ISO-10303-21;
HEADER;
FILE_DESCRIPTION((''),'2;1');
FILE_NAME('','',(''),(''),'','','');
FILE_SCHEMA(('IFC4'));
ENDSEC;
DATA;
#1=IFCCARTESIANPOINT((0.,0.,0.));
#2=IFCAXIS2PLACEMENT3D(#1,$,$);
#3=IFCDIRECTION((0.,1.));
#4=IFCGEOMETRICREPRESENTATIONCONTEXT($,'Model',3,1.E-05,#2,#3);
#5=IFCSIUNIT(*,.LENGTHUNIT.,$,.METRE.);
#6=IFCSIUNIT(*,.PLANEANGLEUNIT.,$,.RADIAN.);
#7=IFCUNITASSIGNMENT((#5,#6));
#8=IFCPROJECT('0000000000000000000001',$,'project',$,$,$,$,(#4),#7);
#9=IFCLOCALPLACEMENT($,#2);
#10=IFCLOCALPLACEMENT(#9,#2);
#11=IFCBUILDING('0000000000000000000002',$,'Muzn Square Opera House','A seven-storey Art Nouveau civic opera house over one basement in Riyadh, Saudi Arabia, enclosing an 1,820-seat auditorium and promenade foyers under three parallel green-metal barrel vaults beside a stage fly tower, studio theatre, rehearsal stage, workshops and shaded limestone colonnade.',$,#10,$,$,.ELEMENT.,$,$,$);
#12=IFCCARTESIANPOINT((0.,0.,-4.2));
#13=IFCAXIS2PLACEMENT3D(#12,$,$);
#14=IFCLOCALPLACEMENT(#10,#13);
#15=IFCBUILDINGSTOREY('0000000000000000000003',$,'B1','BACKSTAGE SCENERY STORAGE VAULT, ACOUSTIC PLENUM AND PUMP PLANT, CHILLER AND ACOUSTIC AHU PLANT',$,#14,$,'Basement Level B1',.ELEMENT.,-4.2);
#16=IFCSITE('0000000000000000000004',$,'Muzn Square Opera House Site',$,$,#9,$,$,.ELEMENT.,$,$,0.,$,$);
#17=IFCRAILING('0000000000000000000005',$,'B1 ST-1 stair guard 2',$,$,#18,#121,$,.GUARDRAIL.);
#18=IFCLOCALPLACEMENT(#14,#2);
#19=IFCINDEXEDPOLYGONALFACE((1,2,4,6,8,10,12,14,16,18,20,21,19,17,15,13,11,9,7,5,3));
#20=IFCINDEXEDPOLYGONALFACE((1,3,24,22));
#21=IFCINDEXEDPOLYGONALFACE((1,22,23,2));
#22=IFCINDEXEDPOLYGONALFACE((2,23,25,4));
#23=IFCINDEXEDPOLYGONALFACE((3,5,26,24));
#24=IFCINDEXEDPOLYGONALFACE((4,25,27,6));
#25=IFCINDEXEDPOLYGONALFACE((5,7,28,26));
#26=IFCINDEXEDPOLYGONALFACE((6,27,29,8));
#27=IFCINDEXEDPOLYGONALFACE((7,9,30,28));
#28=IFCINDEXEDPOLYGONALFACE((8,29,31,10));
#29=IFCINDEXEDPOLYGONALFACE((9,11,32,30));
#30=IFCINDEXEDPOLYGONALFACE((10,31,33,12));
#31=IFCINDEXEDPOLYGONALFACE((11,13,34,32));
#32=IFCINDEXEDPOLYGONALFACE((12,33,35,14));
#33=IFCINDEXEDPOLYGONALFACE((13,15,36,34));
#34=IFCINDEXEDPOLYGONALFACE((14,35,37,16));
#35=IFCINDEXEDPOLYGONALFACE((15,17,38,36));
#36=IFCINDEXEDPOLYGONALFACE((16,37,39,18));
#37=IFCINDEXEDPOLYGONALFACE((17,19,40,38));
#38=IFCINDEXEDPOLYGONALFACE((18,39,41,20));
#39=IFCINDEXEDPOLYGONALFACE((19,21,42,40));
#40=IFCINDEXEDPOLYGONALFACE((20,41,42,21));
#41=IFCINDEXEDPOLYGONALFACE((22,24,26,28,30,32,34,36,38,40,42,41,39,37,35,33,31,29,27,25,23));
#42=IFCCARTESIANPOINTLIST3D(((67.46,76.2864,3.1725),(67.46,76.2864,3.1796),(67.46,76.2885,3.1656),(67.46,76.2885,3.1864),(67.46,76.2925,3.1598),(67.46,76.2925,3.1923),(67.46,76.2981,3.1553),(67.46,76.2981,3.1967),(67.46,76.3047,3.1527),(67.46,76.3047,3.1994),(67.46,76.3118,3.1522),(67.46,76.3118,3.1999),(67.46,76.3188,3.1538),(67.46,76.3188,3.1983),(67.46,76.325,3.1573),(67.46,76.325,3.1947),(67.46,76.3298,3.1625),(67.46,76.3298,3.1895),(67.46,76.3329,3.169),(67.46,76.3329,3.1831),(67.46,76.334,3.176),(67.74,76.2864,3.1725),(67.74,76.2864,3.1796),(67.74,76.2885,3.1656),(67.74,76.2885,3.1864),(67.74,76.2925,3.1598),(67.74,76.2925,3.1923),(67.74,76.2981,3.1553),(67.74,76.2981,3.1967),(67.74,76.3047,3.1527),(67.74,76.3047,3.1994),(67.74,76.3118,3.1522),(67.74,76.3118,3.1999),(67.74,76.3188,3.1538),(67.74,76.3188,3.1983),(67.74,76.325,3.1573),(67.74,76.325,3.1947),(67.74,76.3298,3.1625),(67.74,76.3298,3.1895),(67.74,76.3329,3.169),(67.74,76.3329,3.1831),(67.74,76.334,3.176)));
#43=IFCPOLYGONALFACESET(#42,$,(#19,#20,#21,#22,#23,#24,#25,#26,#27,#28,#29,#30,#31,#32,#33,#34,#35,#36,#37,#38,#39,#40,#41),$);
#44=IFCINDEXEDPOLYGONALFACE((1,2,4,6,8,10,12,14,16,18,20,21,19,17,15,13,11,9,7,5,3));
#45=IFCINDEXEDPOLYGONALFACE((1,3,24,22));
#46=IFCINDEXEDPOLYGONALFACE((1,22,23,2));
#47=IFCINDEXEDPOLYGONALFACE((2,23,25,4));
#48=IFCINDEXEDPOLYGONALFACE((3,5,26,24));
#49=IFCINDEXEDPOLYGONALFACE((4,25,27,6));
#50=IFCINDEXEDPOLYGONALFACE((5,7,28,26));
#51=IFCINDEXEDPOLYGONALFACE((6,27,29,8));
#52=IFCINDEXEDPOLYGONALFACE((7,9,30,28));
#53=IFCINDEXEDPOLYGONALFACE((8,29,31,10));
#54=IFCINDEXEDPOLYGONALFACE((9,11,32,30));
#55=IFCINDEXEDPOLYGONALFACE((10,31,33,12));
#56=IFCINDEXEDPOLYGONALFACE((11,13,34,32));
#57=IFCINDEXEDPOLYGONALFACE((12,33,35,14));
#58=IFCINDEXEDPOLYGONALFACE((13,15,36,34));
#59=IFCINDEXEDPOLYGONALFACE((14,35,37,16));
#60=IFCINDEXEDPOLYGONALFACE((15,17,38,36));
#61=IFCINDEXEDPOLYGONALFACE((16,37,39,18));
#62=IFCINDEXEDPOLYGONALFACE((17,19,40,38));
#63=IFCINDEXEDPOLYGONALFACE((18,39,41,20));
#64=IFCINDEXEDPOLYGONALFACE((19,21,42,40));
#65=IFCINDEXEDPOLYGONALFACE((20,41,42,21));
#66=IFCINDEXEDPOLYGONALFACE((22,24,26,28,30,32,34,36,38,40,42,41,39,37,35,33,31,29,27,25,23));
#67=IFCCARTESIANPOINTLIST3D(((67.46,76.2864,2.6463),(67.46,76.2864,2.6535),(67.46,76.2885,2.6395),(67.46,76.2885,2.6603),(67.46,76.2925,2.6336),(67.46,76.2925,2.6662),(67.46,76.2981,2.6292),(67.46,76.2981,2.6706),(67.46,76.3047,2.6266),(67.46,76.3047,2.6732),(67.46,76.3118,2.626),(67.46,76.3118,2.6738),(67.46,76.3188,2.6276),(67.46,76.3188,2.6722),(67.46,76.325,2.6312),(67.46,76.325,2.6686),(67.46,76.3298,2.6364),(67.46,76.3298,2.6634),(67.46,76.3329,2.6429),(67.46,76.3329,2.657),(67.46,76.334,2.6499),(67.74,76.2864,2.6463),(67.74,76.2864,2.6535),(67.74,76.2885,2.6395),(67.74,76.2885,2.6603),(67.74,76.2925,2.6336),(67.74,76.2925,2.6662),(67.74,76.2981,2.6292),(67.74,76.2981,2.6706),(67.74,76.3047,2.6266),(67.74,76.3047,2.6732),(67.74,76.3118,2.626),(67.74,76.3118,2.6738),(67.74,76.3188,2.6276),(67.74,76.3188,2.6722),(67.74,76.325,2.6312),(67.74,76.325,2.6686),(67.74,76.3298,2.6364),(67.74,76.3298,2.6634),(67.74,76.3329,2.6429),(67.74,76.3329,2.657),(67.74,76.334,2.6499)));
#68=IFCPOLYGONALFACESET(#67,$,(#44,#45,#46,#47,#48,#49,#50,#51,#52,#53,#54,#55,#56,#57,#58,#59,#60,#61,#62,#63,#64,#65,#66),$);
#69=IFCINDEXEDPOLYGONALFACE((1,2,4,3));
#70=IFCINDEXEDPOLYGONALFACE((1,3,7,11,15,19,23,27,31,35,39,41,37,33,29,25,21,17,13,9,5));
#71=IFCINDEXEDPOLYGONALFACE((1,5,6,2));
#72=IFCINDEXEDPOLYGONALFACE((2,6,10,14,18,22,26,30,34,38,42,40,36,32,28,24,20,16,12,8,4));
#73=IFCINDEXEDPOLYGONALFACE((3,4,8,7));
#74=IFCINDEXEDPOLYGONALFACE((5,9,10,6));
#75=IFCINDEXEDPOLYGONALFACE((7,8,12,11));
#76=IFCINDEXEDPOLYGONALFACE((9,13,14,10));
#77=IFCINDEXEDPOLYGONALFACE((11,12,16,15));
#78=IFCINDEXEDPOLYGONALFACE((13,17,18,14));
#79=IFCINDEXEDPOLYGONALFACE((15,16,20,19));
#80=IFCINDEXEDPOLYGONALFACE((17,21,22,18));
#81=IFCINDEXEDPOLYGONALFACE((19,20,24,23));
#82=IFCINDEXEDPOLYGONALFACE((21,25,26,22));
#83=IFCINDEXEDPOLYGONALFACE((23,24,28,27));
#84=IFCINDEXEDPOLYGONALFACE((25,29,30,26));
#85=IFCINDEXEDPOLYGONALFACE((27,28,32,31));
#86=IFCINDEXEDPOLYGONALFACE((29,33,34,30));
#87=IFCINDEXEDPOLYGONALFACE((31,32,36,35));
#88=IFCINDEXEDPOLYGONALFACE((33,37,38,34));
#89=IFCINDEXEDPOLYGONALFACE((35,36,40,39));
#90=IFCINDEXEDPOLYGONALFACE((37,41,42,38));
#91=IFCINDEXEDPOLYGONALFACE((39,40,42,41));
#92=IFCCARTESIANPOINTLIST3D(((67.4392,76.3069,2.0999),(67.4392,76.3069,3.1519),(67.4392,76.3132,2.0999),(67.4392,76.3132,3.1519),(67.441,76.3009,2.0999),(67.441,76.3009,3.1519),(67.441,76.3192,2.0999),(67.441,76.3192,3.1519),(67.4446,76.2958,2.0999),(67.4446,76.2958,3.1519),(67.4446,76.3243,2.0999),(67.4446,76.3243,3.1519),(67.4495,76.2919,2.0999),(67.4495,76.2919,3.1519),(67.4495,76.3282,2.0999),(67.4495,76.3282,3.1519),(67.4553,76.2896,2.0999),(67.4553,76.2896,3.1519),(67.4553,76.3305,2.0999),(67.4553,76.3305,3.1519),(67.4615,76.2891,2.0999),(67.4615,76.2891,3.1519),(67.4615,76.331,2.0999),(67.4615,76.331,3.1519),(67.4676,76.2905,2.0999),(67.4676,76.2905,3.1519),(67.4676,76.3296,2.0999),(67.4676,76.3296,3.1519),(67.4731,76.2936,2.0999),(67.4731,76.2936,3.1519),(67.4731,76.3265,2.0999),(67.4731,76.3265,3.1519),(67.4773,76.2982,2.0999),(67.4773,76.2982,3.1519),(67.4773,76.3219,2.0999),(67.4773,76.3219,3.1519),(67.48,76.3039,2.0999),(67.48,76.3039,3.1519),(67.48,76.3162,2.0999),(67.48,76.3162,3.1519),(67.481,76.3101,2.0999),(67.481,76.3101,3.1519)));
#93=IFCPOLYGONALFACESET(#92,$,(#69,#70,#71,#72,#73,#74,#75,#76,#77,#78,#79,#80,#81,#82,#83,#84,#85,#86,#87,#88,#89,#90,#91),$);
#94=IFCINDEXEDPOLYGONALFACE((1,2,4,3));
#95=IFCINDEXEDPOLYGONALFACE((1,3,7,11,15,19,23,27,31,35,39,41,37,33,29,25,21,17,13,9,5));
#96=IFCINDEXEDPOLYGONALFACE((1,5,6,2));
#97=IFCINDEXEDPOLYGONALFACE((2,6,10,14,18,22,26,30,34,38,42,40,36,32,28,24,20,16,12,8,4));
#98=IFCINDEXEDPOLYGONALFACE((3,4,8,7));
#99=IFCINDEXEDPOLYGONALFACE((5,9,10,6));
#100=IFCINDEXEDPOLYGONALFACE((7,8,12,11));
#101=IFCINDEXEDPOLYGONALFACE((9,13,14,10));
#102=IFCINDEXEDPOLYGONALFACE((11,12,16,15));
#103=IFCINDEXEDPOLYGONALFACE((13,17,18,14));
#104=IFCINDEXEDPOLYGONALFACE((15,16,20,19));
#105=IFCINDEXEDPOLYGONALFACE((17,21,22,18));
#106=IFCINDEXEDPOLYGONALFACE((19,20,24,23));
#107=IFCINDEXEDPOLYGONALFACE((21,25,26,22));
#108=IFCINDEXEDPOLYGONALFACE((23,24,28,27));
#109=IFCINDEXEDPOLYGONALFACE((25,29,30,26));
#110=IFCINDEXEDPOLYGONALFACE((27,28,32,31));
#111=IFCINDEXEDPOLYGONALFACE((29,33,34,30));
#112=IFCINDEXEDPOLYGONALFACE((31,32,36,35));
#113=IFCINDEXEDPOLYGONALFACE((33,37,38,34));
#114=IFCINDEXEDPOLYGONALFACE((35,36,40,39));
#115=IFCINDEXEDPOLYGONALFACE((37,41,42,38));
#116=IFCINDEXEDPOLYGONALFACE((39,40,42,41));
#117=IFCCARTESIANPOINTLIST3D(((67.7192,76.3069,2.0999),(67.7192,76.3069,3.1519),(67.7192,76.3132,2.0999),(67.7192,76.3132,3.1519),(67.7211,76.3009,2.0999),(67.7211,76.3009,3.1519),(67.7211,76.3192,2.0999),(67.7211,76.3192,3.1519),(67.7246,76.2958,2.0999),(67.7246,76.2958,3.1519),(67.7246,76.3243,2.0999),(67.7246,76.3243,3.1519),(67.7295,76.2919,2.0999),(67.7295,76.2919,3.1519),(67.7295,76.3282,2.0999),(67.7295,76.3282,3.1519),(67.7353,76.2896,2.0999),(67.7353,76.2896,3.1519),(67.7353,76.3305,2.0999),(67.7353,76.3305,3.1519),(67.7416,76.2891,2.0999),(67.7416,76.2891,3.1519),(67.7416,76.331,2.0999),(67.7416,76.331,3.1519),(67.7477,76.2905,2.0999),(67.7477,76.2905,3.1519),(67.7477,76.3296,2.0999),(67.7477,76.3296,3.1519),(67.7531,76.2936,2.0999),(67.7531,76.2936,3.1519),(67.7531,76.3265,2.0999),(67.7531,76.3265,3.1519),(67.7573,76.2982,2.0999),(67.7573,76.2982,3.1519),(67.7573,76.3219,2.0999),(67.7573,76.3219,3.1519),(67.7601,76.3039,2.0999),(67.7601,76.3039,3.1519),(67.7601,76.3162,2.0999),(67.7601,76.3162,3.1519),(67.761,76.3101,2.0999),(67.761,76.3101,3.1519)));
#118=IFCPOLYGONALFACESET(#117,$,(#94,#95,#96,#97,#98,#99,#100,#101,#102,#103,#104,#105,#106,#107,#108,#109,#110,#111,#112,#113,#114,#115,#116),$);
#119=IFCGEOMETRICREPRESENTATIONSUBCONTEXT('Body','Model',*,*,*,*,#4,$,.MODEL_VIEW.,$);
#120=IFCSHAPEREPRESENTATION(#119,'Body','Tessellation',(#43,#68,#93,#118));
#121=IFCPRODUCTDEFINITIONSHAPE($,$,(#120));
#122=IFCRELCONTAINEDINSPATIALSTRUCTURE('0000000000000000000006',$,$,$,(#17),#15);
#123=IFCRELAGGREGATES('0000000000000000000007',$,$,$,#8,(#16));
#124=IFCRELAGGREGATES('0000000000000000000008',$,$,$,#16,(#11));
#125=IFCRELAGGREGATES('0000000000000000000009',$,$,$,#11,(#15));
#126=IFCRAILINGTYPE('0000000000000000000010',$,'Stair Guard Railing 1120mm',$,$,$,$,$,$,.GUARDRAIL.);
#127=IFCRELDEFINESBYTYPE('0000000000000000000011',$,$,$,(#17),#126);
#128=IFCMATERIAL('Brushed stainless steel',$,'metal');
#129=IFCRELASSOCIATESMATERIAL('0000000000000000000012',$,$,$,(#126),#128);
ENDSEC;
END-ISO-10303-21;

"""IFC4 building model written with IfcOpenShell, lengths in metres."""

from ifc_helpers import new_model, si_unit, direction, frame, origin, origin_2d, place, context, subcontext, project, spatial, circle, extrude, material, type_object, element, save


model = new_model("IFC4")

# Units and contexts
model_context = context("Model", 3, precision=1e-05, world=origin(), true_north=direction((0.0, 1.0)))
body_context = subcontext(model_context, "Body", "Model", "MODEL_VIEW")
ifc_project = project(units=[si_unit("LENGTHUNIT", "METRE"), si_unit("PLANEANGLEUNIT", "RADIAN")], contexts=[model_context])

# Site, building, storey
site_placement = place(None, origin())
site = spatial("IfcSite", under=ifc_project, at=site_placement, Name="Muzn Square Opera House Site", CompositionType="ELEMENT", RefElevation=0.0)
building_placement = place(site_placement, origin())
building = spatial("IfcBuilding", under=site, at=building_placement, Name="Muzn Square Opera House", Description="A seven-storey Art Nouveau civic opera house over one basement in Riyadh, Saudi Arabia, enclosing an 1,820-seat auditorium and promenade foyers under three parallel green-metal barrel vaults beside a stage fly tower, studio theatre, rehearsal stage, workshops and shaded limestone colonnade.", CompositionType="ELEMENT")
storey_placement = place(building_placement, frame((0.0, 0.0, -4.2)))
storey = spatial("IfcBuildingStorey", under=building, at=storey_placement, Name="B1", Description="BACKSTAGE SCENERY STORAGE VAULT, ACOUSTIC PLENUM AND PUMP PLANT, CHILLER AND ACOUSTIC AHU PLANT", LongName="Basement Level B1", CompositionType="ELEMENT", Elevation=-4.2)

# Railing
ifc_material_1 = material(Name="Brushed stainless steel", Category="metal")
railing_type_1 = type_object("IfcRailingType", Name="Stair Guard Railing 1120mm", PredefinedType="GUARDRAIL", material=ifc_material_1)
railing_1_placement = place(storey_placement, frame((67.46, 76.3101, 2.0999)))
element("IfcRailing", 1, at=railing_1_placement, inside=storey, type_object=railing_type_1, Name="B1 ST-1 stair guard 2", PredefinedType="GUARDRAIL", context=body_context, shape_type="SweptSolid", body=[
    extrude(circle(Radius=0.0239, at=origin_2d()), frame((0.0, 0.0, 1.0762), z_axis=(1.0, 0.0, 0.0), x_axis=(0.0, 1.0, 0.0)), (0.0, 0.0, 1.0), 0.28),
    extrude(circle(Radius=0.0239, at=origin_2d()), frame((0.0, 0.0, 0.55), z_axis=(1.0, 0.0, 0.0), x_axis=(0.0, 1.0, 0.0)), (0.0, 0.0, 1.0), 0.28),
    extrude(circle(Radius=0.021, at=origin_2d()), origin(), (0.0, 0.0, 1.0), 1.052),
    extrude(circle(Radius=0.021, at=origin_2d()), frame((0.28, 0.0, 0.0)), (0.0, 0.0, 1.0), 1.052),
])

save(model, "model.ifc")
